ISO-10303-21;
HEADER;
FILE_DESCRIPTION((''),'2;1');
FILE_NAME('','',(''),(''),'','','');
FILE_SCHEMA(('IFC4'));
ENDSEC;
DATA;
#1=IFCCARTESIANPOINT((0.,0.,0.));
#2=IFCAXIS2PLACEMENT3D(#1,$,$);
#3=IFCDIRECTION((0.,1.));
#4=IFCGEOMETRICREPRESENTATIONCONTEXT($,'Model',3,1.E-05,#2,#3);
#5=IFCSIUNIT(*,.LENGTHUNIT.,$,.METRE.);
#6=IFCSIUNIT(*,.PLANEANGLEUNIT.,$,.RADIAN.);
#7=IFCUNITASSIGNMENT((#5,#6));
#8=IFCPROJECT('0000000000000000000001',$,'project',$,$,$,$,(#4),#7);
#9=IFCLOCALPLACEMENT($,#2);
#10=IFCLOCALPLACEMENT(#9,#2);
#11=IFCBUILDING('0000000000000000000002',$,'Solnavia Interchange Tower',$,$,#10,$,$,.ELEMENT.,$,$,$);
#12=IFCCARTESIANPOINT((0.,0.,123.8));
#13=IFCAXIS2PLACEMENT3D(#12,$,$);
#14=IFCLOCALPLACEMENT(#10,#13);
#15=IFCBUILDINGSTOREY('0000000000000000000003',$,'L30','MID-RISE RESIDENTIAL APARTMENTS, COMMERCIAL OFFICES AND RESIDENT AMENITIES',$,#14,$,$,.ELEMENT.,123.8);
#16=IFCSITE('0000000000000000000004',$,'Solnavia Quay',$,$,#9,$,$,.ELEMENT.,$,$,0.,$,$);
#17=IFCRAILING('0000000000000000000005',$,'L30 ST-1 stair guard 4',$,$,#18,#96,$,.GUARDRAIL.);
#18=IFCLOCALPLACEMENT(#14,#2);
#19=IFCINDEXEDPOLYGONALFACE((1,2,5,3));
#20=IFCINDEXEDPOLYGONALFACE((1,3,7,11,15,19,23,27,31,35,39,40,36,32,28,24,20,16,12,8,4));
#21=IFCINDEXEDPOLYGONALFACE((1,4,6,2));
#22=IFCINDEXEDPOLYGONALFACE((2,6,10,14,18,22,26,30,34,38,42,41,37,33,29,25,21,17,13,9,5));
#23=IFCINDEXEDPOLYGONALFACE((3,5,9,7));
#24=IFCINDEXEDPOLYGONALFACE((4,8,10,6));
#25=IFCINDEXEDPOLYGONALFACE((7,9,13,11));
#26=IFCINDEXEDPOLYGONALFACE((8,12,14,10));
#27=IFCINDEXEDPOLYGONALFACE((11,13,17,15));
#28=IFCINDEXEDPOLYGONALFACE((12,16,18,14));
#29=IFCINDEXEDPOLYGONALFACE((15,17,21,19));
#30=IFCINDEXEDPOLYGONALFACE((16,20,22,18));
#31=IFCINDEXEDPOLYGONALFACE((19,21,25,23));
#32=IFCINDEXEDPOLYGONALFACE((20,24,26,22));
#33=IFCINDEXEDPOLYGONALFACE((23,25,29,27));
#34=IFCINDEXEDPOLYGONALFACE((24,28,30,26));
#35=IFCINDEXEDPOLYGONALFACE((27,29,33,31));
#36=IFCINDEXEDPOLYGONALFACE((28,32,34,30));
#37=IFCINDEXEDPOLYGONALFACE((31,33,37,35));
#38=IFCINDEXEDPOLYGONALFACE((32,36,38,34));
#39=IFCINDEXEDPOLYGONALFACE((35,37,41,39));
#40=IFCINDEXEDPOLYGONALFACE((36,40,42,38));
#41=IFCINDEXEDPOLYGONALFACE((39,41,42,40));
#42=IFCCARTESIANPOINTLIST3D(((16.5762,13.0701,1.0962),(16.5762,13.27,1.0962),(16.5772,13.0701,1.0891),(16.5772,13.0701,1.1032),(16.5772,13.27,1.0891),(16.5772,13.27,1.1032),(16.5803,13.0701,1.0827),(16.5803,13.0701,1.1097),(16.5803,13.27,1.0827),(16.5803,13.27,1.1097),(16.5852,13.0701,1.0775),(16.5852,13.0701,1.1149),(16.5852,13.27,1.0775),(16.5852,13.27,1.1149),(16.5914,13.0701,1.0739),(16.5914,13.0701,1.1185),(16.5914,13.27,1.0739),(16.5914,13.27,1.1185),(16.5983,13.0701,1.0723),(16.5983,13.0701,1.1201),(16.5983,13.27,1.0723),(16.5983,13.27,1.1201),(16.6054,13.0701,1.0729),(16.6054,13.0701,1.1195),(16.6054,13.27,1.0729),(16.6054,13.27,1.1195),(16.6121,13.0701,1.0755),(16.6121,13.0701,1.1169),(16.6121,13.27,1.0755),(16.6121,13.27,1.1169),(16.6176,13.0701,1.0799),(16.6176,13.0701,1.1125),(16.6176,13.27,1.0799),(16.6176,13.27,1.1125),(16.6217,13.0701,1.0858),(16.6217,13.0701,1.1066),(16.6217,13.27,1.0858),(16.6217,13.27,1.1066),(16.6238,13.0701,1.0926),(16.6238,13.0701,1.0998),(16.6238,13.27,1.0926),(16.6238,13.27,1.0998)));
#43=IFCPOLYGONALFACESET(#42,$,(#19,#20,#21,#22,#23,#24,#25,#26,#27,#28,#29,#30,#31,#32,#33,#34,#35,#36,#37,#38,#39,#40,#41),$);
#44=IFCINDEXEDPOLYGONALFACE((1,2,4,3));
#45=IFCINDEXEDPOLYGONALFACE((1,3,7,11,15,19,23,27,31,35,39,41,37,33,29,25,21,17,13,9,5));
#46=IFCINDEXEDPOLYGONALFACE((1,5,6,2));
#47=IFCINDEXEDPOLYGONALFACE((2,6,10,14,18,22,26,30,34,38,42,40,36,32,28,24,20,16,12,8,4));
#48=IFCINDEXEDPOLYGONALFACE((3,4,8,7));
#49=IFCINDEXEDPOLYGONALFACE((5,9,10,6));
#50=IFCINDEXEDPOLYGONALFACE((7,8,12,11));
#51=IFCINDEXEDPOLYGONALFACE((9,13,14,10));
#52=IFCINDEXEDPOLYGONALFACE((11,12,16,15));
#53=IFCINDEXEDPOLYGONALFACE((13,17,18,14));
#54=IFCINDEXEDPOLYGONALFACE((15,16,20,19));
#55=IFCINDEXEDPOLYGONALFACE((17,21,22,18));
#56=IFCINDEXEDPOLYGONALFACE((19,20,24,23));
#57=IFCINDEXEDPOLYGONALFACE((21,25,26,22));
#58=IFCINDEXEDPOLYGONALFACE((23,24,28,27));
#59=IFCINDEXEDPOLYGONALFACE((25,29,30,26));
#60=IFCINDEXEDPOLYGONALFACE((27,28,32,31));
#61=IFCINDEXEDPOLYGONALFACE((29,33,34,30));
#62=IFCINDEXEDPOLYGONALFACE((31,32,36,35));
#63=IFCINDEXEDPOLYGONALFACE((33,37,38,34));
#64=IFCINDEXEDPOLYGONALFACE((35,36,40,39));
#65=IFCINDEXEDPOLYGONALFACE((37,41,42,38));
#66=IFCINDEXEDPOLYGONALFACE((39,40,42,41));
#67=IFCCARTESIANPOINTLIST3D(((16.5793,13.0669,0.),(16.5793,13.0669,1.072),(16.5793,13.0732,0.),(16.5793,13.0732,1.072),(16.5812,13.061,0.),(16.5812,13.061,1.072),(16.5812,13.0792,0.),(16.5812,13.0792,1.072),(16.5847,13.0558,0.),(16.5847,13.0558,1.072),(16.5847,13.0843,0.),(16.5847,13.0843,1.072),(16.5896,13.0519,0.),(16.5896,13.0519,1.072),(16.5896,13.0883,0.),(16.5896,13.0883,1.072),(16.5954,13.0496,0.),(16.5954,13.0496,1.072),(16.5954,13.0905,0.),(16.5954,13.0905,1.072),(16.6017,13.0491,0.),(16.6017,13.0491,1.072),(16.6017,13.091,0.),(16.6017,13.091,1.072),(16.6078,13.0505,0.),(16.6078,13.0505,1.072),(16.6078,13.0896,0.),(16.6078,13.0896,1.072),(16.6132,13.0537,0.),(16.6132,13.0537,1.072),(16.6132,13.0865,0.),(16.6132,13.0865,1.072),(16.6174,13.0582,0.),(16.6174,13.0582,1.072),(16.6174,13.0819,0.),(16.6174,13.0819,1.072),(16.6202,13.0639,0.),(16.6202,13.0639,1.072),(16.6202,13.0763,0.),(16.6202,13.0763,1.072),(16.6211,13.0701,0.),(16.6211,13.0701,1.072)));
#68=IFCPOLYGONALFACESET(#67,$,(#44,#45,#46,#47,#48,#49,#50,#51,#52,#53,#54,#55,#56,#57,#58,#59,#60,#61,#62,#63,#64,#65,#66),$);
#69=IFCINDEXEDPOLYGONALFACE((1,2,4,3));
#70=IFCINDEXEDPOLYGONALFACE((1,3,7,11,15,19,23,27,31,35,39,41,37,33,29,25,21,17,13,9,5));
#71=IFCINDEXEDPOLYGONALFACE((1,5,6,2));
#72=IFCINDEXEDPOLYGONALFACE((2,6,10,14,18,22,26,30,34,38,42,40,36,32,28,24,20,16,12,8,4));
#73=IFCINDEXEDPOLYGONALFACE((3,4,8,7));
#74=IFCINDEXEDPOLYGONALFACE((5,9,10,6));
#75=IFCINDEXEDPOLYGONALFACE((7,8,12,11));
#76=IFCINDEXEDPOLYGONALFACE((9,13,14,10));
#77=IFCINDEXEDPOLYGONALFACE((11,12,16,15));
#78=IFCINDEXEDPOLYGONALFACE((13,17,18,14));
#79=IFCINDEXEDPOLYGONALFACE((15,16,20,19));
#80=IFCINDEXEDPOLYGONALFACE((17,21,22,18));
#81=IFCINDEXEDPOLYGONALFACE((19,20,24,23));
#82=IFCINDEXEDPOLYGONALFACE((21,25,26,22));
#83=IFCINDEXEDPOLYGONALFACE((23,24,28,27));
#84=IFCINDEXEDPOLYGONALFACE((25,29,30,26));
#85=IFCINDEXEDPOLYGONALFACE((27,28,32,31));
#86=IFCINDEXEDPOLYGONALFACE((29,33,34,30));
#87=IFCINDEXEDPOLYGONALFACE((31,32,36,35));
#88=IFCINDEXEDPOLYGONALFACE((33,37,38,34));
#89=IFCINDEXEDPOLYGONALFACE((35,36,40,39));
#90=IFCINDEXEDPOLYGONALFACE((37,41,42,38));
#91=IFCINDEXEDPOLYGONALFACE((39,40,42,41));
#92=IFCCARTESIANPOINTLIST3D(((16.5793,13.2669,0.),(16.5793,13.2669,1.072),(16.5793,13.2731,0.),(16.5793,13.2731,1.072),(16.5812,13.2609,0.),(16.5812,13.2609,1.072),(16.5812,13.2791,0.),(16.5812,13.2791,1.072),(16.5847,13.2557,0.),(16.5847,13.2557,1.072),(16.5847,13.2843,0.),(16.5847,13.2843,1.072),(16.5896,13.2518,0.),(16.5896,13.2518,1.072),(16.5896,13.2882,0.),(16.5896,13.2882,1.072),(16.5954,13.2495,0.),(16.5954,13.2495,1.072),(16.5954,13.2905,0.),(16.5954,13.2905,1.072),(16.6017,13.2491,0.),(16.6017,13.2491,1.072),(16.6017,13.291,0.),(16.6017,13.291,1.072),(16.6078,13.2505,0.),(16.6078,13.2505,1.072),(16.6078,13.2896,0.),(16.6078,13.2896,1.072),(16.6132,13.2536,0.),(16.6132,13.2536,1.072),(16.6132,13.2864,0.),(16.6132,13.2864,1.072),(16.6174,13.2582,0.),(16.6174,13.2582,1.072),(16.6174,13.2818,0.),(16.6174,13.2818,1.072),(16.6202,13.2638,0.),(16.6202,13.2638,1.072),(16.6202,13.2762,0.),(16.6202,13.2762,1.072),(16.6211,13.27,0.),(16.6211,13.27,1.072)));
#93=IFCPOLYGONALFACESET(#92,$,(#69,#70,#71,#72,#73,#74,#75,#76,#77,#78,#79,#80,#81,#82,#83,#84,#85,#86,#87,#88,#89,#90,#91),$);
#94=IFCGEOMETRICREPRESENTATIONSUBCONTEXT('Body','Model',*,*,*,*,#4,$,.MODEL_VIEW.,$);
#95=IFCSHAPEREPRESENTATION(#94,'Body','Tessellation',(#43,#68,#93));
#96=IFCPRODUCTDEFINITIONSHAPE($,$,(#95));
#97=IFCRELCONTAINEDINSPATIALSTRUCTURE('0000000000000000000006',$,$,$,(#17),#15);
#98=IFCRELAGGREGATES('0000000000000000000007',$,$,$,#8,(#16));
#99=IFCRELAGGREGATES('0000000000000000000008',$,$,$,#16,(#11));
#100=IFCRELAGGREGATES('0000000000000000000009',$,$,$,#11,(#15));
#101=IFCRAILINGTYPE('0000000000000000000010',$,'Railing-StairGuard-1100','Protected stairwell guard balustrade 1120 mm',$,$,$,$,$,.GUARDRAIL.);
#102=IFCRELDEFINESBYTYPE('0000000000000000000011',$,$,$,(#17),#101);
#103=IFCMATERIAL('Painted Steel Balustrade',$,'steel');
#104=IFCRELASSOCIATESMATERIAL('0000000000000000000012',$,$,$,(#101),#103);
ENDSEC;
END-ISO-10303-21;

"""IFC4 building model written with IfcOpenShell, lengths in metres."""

from ifc_helpers import new_model, si_unit, direction, frame, origin, origin_2d, place, context, subcontext, project, spatial, circle, extrude, material, type_object, element, save


model = new_model("IFC4")

# Units and contexts
model_context = context("Model", 3, precision=1e-05, world=origin(), true_north=direction((0.0, 1.0)))
body_context = subcontext(model_context, "Body", "Model", "MODEL_VIEW")
ifc_project = project(units=[si_unit("LENGTHUNIT", "METRE"), si_unit("PLANEANGLEUNIT", "RADIAN")], contexts=[model_context])

# Site, building, storey
site_placement = place(None, origin())
site = spatial("IfcSite", under=ifc_project, at=site_placement, Name="Solnavia Quay", CompositionType="ELEMENT", RefElevation=0.0)
building_placement = place(site_placement, origin())
building = spatial("IfcBuilding", under=site, at=building_placement, Name="Solnavia Interchange Tower", CompositionType="ELEMENT")
storey_placement = place(building_placement, frame((0.0, 0.0, 123.8)))
storey = spatial("IfcBuildingStorey", under=building, at=storey_placement, Name="L30", Description="MID-RISE RESIDENTIAL APARTMENTS, COMMERCIAL OFFICES AND RESIDENT AMENITIES", CompositionType="ELEMENT", Elevation=123.8)

# Railing
ifc_material_1 = material(Name="Painted Steel Balustrade", Category="steel")
railing_type_1 = type_object("IfcRailingType", Name="Railing-StairGuard-1100", Description="Protected stairwell guard balustrade 1120 mm", PredefinedType="GUARDRAIL", material=ifc_material_1)
railing_1_placement = place(storey_placement, frame((16.6001, 13.0701, 0.0)))
element("IfcRailing", 1, at=railing_1_placement, inside=storey, type_object=railing_type_1, Name="L30 ST-1 stair guard 4", PredefinedType="GUARDRAIL", context=body_context, shape_type="SweptSolid", body=[
    extrude(circle(Radius=0.0239, at=origin_2d()), frame((0.0, 0.0, 1.0962), z_axis=(0.0, 1.0, 0.0), x_axis=(-1.0, 0.0, 0.0)), (0.0, 0.0, 1.0), 0.2),
    extrude(circle(Radius=0.021, at=origin_2d()), origin(), (0.0, 0.0, 1.0), 1.072),
    extrude(circle(Radius=0.021, at=origin_2d()), frame((0.0, 0.2, 0.0)), (0.0, 0.0, 1.0), 1.072),
])

save(model, "model.ifc")
